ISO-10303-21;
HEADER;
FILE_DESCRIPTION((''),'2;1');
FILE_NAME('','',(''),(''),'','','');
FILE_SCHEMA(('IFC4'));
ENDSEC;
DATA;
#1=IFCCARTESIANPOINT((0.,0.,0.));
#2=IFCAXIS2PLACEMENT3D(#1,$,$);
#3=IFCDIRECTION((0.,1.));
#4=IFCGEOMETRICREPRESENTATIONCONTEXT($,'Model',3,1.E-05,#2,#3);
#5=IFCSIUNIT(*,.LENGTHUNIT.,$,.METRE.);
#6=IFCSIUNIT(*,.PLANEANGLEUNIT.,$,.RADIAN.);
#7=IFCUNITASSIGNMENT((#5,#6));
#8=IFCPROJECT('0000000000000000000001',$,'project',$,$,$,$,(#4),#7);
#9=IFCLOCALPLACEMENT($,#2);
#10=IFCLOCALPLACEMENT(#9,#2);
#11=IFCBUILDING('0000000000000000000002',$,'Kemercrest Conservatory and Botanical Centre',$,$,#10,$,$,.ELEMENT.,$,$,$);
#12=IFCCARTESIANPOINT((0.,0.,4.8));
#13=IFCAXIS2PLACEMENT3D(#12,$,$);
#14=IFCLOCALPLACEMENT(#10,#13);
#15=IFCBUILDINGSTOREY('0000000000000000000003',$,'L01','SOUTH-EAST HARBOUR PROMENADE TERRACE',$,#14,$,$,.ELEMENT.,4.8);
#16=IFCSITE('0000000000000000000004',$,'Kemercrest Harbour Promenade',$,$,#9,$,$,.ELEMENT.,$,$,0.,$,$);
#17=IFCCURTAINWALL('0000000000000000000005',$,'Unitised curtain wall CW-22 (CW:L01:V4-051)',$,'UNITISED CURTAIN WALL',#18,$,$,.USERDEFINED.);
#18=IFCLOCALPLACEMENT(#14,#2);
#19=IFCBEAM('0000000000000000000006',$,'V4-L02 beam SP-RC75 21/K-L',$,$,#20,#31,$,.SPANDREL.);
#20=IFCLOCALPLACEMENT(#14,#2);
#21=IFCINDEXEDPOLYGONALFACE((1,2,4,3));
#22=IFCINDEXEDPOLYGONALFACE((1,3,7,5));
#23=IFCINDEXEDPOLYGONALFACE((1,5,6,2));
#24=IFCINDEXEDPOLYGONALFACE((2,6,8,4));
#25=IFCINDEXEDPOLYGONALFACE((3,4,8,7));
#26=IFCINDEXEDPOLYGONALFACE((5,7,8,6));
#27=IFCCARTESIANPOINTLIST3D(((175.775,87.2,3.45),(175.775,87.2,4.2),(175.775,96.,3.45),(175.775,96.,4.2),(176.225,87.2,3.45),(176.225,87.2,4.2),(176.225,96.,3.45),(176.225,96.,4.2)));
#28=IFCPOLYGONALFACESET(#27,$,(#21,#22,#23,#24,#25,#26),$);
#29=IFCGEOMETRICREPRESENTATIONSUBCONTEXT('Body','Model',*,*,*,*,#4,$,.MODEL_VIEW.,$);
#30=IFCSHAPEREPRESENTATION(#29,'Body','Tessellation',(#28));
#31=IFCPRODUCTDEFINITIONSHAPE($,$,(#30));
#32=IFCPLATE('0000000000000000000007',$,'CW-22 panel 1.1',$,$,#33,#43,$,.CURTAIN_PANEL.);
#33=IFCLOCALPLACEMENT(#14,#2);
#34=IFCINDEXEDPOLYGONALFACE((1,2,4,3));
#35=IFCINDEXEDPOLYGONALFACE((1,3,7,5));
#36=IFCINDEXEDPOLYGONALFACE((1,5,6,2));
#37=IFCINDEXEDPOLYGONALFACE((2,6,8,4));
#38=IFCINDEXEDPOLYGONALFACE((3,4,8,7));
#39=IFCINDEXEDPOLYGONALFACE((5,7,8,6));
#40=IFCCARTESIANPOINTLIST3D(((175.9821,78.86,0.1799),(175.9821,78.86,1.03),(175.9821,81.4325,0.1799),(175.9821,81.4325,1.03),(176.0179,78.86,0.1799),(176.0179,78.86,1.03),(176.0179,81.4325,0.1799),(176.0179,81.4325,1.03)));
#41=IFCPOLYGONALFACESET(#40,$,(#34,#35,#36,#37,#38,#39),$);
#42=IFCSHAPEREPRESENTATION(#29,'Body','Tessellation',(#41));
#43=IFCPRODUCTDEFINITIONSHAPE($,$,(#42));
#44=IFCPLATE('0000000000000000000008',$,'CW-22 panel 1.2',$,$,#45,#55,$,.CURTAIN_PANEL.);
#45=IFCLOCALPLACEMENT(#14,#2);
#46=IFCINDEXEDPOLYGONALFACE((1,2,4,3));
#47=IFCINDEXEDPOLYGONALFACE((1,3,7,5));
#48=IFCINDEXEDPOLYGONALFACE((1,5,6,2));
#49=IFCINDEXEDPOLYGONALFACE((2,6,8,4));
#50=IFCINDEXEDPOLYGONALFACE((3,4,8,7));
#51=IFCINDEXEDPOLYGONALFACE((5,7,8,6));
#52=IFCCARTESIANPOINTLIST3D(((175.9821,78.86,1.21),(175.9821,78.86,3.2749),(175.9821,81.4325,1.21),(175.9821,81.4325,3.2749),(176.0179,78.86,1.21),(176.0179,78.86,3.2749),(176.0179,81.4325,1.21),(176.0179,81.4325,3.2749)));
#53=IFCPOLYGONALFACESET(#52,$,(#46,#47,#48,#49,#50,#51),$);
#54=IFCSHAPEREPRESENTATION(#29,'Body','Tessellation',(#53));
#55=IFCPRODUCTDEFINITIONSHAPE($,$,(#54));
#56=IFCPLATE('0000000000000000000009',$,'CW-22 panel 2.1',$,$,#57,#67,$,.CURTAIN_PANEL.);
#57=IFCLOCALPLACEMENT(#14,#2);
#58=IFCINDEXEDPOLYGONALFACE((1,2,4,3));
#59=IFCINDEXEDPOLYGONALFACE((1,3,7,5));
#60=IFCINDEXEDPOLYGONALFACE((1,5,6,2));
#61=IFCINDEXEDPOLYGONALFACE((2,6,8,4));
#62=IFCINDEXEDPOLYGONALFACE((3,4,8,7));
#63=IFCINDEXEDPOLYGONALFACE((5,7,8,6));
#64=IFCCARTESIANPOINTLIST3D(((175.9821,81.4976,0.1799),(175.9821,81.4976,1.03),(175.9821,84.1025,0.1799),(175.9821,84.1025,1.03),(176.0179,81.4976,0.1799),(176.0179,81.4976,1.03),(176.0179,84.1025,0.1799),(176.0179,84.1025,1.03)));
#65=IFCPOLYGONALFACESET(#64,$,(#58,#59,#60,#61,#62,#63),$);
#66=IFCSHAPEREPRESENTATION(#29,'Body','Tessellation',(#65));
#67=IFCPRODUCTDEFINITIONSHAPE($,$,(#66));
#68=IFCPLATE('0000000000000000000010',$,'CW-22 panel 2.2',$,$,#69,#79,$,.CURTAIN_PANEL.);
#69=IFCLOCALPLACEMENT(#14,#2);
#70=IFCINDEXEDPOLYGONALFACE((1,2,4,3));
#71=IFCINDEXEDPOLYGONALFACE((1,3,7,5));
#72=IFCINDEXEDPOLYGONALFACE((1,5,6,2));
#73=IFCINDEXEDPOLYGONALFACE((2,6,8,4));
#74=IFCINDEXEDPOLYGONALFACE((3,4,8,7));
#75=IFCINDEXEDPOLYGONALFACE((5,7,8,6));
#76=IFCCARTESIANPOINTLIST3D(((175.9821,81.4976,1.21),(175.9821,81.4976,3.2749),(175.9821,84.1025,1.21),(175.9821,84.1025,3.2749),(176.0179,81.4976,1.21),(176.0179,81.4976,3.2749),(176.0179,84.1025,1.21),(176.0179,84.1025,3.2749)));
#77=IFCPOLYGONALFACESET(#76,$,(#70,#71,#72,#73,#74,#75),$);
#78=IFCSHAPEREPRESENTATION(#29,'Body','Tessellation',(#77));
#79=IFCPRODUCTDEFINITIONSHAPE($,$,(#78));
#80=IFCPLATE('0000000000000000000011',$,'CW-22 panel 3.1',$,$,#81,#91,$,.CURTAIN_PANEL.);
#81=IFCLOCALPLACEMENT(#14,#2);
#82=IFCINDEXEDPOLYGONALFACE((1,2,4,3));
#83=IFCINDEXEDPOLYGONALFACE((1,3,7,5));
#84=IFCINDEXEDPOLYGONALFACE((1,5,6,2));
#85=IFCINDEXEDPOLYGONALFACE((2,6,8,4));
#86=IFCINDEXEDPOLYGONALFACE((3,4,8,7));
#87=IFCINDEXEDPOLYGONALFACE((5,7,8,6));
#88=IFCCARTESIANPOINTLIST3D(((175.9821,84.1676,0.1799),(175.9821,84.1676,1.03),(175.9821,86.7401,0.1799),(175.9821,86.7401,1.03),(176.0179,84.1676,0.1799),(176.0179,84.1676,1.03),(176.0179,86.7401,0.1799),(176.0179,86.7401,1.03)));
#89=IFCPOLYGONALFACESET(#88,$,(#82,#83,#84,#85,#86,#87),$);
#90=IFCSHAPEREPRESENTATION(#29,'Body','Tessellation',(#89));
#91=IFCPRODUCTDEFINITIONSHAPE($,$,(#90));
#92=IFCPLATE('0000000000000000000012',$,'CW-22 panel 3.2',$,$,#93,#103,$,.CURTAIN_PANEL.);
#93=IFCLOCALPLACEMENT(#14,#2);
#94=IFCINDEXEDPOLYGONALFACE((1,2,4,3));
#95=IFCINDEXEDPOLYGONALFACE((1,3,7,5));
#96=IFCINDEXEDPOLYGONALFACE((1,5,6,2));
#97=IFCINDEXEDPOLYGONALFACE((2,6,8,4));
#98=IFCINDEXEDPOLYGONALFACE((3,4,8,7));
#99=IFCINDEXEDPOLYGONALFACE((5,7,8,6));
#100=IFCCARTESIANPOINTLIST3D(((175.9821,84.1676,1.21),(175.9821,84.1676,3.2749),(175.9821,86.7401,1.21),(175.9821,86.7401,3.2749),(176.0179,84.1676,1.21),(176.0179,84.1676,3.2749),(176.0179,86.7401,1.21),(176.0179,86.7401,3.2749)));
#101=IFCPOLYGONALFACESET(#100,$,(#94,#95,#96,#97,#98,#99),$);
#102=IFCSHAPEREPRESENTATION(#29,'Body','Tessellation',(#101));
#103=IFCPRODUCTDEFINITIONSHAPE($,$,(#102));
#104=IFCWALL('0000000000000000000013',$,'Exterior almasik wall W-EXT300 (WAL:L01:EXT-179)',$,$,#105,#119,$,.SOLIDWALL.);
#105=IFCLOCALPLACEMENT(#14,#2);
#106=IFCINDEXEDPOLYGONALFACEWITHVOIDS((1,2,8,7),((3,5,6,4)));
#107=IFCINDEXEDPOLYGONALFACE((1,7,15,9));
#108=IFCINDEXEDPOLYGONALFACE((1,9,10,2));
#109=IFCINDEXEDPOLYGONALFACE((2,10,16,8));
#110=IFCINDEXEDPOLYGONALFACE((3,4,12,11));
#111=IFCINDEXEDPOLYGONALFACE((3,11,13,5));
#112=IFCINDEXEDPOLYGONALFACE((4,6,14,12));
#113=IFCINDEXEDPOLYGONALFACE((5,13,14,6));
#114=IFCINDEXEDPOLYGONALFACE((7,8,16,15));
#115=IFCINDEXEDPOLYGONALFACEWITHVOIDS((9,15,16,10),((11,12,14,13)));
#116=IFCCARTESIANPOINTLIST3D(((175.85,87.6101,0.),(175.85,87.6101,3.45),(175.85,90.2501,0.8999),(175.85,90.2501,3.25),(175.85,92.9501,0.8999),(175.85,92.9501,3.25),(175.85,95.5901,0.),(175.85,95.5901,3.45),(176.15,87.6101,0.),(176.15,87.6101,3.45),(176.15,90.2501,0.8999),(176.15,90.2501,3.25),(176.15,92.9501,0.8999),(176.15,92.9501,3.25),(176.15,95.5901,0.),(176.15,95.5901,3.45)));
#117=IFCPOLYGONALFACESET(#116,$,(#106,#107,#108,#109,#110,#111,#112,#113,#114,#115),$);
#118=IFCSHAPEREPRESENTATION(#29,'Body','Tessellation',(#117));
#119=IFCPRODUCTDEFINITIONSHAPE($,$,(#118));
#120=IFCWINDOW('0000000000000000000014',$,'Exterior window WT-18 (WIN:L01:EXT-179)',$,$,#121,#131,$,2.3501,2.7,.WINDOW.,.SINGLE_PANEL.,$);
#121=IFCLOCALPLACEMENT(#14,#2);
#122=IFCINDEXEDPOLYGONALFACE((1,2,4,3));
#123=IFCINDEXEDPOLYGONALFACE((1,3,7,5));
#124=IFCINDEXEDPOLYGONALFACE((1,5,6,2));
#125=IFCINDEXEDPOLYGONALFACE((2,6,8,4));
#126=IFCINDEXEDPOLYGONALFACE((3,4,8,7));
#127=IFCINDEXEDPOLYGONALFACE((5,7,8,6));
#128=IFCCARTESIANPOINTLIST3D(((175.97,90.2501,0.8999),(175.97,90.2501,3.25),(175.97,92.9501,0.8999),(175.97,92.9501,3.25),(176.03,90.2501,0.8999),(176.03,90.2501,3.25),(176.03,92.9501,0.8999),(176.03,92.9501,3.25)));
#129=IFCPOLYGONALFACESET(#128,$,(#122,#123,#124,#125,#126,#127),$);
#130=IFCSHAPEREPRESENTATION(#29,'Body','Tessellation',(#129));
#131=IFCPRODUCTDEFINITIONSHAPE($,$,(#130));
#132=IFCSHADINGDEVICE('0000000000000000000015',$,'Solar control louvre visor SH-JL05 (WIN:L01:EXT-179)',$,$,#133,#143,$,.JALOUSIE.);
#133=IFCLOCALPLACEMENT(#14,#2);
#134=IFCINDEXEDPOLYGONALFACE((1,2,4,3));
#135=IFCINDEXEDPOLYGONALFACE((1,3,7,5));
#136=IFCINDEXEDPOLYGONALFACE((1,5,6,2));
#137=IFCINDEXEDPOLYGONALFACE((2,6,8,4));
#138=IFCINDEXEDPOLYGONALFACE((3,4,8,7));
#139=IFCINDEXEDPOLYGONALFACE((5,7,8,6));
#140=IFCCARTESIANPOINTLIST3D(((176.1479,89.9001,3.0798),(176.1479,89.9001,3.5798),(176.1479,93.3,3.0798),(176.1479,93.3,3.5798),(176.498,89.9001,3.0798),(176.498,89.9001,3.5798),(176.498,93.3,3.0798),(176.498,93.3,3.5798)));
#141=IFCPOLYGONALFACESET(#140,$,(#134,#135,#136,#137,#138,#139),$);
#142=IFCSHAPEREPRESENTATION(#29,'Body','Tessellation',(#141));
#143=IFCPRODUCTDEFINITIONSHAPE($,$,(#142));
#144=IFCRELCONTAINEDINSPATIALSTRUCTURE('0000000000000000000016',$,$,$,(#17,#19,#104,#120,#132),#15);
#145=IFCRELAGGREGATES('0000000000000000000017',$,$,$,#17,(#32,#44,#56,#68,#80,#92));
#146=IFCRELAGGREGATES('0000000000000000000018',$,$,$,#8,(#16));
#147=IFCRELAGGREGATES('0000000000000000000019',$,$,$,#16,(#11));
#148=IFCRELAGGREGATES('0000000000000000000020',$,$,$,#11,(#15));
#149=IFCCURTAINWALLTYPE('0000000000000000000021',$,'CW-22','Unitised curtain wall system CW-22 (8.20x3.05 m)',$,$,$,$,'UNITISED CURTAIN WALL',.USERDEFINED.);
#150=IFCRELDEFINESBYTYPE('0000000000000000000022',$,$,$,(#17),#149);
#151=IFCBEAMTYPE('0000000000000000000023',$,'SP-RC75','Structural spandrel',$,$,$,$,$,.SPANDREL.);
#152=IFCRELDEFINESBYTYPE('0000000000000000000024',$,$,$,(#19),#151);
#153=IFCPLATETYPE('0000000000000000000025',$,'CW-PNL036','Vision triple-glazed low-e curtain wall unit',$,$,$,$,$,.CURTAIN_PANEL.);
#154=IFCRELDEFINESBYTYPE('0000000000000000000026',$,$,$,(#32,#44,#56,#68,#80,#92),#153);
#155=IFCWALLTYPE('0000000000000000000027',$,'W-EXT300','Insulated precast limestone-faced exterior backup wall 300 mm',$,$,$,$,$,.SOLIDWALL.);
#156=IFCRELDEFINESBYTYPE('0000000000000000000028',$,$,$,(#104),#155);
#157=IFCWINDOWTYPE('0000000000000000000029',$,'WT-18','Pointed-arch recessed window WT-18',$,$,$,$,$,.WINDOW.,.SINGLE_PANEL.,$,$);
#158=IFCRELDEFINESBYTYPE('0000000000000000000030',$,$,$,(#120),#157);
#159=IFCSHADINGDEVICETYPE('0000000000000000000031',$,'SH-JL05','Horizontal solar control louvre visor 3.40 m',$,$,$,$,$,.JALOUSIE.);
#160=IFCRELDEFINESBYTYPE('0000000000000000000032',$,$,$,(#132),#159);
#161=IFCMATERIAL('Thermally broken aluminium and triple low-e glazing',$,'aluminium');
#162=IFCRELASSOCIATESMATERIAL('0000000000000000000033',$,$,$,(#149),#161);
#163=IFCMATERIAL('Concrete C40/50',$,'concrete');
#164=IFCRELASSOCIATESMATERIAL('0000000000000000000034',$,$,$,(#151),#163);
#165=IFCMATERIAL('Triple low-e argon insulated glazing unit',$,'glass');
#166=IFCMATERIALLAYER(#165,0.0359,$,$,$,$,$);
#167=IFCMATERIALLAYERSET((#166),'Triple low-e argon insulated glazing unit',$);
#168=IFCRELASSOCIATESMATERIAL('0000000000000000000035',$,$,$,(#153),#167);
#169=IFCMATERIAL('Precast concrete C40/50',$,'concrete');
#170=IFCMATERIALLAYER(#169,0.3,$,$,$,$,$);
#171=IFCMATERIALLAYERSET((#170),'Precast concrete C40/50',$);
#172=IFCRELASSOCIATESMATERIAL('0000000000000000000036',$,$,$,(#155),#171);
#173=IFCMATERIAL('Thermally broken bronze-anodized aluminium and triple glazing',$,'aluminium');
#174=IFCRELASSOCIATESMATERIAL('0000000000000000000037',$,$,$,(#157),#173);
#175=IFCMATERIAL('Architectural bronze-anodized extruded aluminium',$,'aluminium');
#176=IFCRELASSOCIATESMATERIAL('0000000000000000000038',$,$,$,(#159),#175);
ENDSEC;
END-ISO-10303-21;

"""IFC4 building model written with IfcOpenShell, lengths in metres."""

from ifc_helpers import new_model, si_unit, direction, frame, frame_2d, origin, origin_2d, place, context, subcontext, project, spatial, rectangle, extrude, material, layer, layer_set, material_profile, profile_set, type_object, element, fill, aggregate, save


model = new_model("IFC4")

# Units and contexts
model_context = context("Model", 3, precision=1e-05, world=origin(), true_north=direction((0.0, 1.0)))
body_context = subcontext(model_context, "Body", "Model", "MODEL_VIEW")
ifc_project = project(units=[si_unit("LENGTHUNIT", "METRE"), si_unit("PLANEANGLEUNIT", "RADIAN")], contexts=[model_context])

# Site, building, storey
site_placement = place(None, origin())
site = spatial("IfcSite", under=ifc_project, at=site_placement, Name="Kemercrest Harbour Promenade", CompositionType="ELEMENT", RefElevation=0.0)
building_placement = place(site_placement, origin())
building = spatial("IfcBuilding", under=site, at=building_placement, Name="Kemercrest Conservatory and Botanical Centre", CompositionType="ELEMENT")
storey_placement = place(building_placement, frame((0.0, 0.0, 4.8)))
storey = spatial("IfcBuildingStorey", under=building, at=storey_placement, Name="L01", Description="SOUTH-EAST HARBOUR PROMENADE TERRACE", CompositionType="ELEMENT", Elevation=4.8)

# Curtain wall
ifc_material_1 = material(Name="Thermally broken aluminium and triple low-e glazing", Category="aluminium")
curtain_wall_type = type_object("IfcCurtainWallType", Name="CW-22", Description="Unitised curtain wall system CW-22 (8.20x3.05 m)", ElementType="UNITISED CURTAIN WALL", PredefinedType="USERDEFINED", material=ifc_material_1)
curtain_wall_placement = place(storey_placement, origin())
curtain_wall = element("IfcCurtainWall", 1, at=curtain_wall_placement, inside=storey, type_object=curtain_wall_type, Name="Unitised curtain wall CW-22 (CW:L01:V4-051)", ObjectType="UNITISED CURTAIN WALL", PredefinedType="USERDEFINED")

# Beam
ifc_material_2 = material(Name="Concrete C40/50", Category="concrete")
ifc_material_profile_1 = material_profile(ifc_material_2, rectangle(XDim=0.45, YDim=0.75, at=origin_2d()), Name="RC 450x750")
ifc_profile_set_1 = profile_set([ifc_material_profile_1], Name="Concrete C40/50")
beam_type = type_object("IfcBeamType", Name="SP-RC75", Description="Structural spandrel", PredefinedType="SPANDREL", material=ifc_profile_set_1)
beam_placement = place(storey_placement, frame((176.0, 87.2, 3.825), z_axis=(0.0, 1.0, 0.0), x_axis=(-1.0, 0.0, 0.0)))
element("IfcBeam", 2, at=beam_placement, inside=storey, type_object=beam_type, Name="V4-L02 beam SP-RC75 21/K-L", PredefinedType="SPANDREL", context=body_context, shape_type="SweptSolid", body=[
    extrude(rectangle(XDim=0.45, YDim=0.75, at=origin_2d()), origin(), (0.0, 0.0, 1.0), 8.8),
])

# Plates
ifc_material_3 = material(Name="Triple low-e argon insulated glazing unit", Category="glass")
ifc_layer_1 = layer(ifc_material_3, 0.0359)
ifc_layer_set_1 = layer_set([ifc_layer_1], Name="Triple low-e argon insulated glazing unit")
plate_type = type_object("IfcPlateType", Name="CW-PNL036", Description="Vision triple-glazed low-e curtain wall unit", PredefinedType="CURTAIN_PANEL", material=ifc_layer_set_1)
plate_1_placement = place(storey_placement, frame((176.0, 80.1462, 0.1799), z_axis=(0.0, 0.0, 1.0), x_axis=(0.0, 1.0, 0.0)))
plate_1 = element("IfcPlate", 3, at=plate_1_placement, type_object=plate_type, Name="CW-22 panel 1.1", PredefinedType="CURTAIN_PANEL", context=body_context, shape_type="SweptSolid", body=[
    extrude(rectangle(XDim=2.5725, YDim=0.0359, at=origin_2d()), origin(), (0.0, 0.0, 1.0), 0.8501),
])
plate_2_placement = place(storey_placement, frame((176.0, 80.1462, 1.21), z_axis=(0.0, 0.0, 1.0), x_axis=(0.0, 1.0, 0.0)))
plate_2 = element("IfcPlate", 4, at=plate_2_placement, type_object=plate_type, Name="CW-22 panel 1.2", PredefinedType="CURTAIN_PANEL", context=body_context, shape_type="SweptSolid", body=[
    extrude(rectangle(XDim=2.5725, YDim=0.0359, at=origin_2d()), origin(), (0.0, 0.0, 1.0), 2.0649),
])
plate_3_placement = place(storey_placement, frame((176.0, 82.8, 0.1799), z_axis=(0.0, 0.0, 1.0), x_axis=(0.0, 1.0, 0.0)))
plate_3 = element("IfcPlate", 5, at=plate_3_placement, type_object=plate_type, Name="CW-22 panel 2.1", PredefinedType="CURTAIN_PANEL", context=body_context, shape_type="SweptSolid", body=[
    extrude(rectangle(XDim=2.605, YDim=0.0359, at=origin_2d()), origin(), (0.0, 0.0, 1.0), 0.8501),
])
plate_4_placement = place(storey_placement, frame((176.0, 82.8, 1.21), z_axis=(0.0, 0.0, 1.0), x_axis=(0.0, 1.0, 0.0)))
plate_4 = element("IfcPlate", 6, at=plate_4_placement, type_object=plate_type, Name="CW-22 panel 2.2", PredefinedType="CURTAIN_PANEL", context=body_context, shape_type="SweptSolid", body=[
    extrude(rectangle(XDim=2.605, YDim=0.0359, at=origin_2d()), origin(), (0.0, 0.0, 1.0), 2.0649),
])
plate_5_placement = place(storey_placement, frame((176.0, 85.4539, 0.1799), z_axis=(0.0, 0.0, 1.0), x_axis=(0.0, 1.0, 0.0)))
plate_5 = element("IfcPlate", 7, at=plate_5_placement, type_object=plate_type, Name="CW-22 panel 3.1", PredefinedType="CURTAIN_PANEL", context=body_context, shape_type="SweptSolid", body=[
    extrude(rectangle(XDim=2.5725, YDim=0.0359, at=origin_2d()), origin(), (0.0, 0.0, 1.0), 0.8501),
])
plate_6_placement = place(storey_placement, frame((176.0, 85.4539, 1.21), z_axis=(0.0, 0.0, 1.0), x_axis=(0.0, 1.0, 0.0)))
plate_6 = element("IfcPlate", 8, at=plate_6_placement, type_object=plate_type, Name="CW-22 panel 3.2", PredefinedType="CURTAIN_PANEL", context=body_context, shape_type="SweptSolid", body=[
    extrude(rectangle(XDim=2.5725, YDim=0.0359, at=origin_2d()), origin(), (0.0, 0.0, 1.0), 2.0649),
])
aggregate(curtain_wall, [plate_1, plate_2, plate_3, plate_4, plate_5, plate_6])

# Wall, opening, window
ifc_material_4 = material(Name="Precast concrete C40/50", Category="concrete")
ifc_layer_2 = layer(ifc_material_4, 0.3)
ifc_layer_set_2 = layer_set([ifc_layer_2], Name="Precast concrete C40/50")
wall_type = type_object("IfcWallType", Name="W-EXT300", Description="Insulated precast limestone-faced exterior backup wall 300 mm", PredefinedType="SOLIDWALL", material=ifc_layer_set_2)
wall_placement = place(storey_placement, frame((176.0, 87.6101, 0.0), z_axis=(0.0, 0.0, 1.0), x_axis=(0.0, 1.0, 0.0)))
wall = element("IfcWall", 9, at=wall_placement, inside=storey, type_object=wall_type, Name="Exterior almasik wall W-EXT300 (WAL:L01:EXT-179)", PredefinedType="SOLIDWALL", context=body_context, shape_type="SweptSolid", body=[
    extrude(rectangle(XDim=7.98, YDim=0.3, at=frame_2d((3.99, 0.0))), origin(), (0.0, 0.0, 1.0), 3.45),
])
opening_placement = place(wall_placement, frame((2.6399, 0.0, 0.8999)))
opening = element("IfcOpeningElement", 10, at=opening_placement, cuts=wall, PredefinedType="OPENING", context=body_context, shape_type="SweptSolid", body=[
    extrude(rectangle(XDim=2.7, YDim=2.3501, at=frame_2d((1.3501, 1.175))), frame((0.0, 0.1602, 0.0), z_axis=(0.0, -1.0, 0.0), x_axis=(1.0, 0.0, 0.0)), (0.0, 0.0, 1.0), 0.3201),
])
ifc_material_5 = material(Name="Thermally broken bronze-anodized aluminium and triple glazing", Category="aluminium")
window_type = type_object("IfcWindowType", Name="WT-18", Description="Pointed-arch recessed window WT-18", PartitioningType="SINGLE_PANEL", PredefinedType="WINDOW", material=ifc_material_5)
window_placement = place(opening_placement, origin())
window = element("IfcWindow", 11, at=window_placement, inside=storey, type_object=window_type, Name="Exterior window WT-18 (WIN:L01:EXT-179)", OverallHeight=2.3501, OverallWidth=2.7, PartitioningType="SINGLE_PANEL", PredefinedType="WINDOW", context=body_context, shape_type="SweptSolid", body=[
    extrude(rectangle(XDim=2.7, YDim=2.3501, at=frame_2d((1.3501, 1.175))), frame((0.0, 0.03, 0.0), z_axis=(0.0, -1.0, 0.0), x_axis=(1.0, 0.0, 0.0)), (0.0, 0.0, 1.0), 0.0601),
])
fill(opening, window)

# Shading device
ifc_material_6 = material(Name="Architectural bronze-anodized extruded aluminium", Category="aluminium")
shading_device_type = type_object("IfcShadingDeviceType", Name="SH-JL05", Description="Horizontal solar control louvre visor 3.40 m", PredefinedType="JALOUSIE", material=ifc_material_6)
shading_device_placement = place(storey_placement, frame((176.323, 91.6001, 3.0798), z_axis=(0.0, 0.0, 1.0), x_axis=(0.0, 1.0, 0.0)))
element("IfcShadingDevice", 12, at=shading_device_placement, inside=storey, type_object=shading_device_type, Name="Solar control louvre visor SH-JL05 (WIN:L01:EXT-179)", PredefinedType="JALOUSIE", context=body_context, shape_type="SweptSolid", body=[
    extrude(rectangle(XDim=3.3999, YDim=0.3501, at=origin_2d()), origin(), (0.0, 0.0, 1.0), 0.5),
])

save(model, "model.ifc")
